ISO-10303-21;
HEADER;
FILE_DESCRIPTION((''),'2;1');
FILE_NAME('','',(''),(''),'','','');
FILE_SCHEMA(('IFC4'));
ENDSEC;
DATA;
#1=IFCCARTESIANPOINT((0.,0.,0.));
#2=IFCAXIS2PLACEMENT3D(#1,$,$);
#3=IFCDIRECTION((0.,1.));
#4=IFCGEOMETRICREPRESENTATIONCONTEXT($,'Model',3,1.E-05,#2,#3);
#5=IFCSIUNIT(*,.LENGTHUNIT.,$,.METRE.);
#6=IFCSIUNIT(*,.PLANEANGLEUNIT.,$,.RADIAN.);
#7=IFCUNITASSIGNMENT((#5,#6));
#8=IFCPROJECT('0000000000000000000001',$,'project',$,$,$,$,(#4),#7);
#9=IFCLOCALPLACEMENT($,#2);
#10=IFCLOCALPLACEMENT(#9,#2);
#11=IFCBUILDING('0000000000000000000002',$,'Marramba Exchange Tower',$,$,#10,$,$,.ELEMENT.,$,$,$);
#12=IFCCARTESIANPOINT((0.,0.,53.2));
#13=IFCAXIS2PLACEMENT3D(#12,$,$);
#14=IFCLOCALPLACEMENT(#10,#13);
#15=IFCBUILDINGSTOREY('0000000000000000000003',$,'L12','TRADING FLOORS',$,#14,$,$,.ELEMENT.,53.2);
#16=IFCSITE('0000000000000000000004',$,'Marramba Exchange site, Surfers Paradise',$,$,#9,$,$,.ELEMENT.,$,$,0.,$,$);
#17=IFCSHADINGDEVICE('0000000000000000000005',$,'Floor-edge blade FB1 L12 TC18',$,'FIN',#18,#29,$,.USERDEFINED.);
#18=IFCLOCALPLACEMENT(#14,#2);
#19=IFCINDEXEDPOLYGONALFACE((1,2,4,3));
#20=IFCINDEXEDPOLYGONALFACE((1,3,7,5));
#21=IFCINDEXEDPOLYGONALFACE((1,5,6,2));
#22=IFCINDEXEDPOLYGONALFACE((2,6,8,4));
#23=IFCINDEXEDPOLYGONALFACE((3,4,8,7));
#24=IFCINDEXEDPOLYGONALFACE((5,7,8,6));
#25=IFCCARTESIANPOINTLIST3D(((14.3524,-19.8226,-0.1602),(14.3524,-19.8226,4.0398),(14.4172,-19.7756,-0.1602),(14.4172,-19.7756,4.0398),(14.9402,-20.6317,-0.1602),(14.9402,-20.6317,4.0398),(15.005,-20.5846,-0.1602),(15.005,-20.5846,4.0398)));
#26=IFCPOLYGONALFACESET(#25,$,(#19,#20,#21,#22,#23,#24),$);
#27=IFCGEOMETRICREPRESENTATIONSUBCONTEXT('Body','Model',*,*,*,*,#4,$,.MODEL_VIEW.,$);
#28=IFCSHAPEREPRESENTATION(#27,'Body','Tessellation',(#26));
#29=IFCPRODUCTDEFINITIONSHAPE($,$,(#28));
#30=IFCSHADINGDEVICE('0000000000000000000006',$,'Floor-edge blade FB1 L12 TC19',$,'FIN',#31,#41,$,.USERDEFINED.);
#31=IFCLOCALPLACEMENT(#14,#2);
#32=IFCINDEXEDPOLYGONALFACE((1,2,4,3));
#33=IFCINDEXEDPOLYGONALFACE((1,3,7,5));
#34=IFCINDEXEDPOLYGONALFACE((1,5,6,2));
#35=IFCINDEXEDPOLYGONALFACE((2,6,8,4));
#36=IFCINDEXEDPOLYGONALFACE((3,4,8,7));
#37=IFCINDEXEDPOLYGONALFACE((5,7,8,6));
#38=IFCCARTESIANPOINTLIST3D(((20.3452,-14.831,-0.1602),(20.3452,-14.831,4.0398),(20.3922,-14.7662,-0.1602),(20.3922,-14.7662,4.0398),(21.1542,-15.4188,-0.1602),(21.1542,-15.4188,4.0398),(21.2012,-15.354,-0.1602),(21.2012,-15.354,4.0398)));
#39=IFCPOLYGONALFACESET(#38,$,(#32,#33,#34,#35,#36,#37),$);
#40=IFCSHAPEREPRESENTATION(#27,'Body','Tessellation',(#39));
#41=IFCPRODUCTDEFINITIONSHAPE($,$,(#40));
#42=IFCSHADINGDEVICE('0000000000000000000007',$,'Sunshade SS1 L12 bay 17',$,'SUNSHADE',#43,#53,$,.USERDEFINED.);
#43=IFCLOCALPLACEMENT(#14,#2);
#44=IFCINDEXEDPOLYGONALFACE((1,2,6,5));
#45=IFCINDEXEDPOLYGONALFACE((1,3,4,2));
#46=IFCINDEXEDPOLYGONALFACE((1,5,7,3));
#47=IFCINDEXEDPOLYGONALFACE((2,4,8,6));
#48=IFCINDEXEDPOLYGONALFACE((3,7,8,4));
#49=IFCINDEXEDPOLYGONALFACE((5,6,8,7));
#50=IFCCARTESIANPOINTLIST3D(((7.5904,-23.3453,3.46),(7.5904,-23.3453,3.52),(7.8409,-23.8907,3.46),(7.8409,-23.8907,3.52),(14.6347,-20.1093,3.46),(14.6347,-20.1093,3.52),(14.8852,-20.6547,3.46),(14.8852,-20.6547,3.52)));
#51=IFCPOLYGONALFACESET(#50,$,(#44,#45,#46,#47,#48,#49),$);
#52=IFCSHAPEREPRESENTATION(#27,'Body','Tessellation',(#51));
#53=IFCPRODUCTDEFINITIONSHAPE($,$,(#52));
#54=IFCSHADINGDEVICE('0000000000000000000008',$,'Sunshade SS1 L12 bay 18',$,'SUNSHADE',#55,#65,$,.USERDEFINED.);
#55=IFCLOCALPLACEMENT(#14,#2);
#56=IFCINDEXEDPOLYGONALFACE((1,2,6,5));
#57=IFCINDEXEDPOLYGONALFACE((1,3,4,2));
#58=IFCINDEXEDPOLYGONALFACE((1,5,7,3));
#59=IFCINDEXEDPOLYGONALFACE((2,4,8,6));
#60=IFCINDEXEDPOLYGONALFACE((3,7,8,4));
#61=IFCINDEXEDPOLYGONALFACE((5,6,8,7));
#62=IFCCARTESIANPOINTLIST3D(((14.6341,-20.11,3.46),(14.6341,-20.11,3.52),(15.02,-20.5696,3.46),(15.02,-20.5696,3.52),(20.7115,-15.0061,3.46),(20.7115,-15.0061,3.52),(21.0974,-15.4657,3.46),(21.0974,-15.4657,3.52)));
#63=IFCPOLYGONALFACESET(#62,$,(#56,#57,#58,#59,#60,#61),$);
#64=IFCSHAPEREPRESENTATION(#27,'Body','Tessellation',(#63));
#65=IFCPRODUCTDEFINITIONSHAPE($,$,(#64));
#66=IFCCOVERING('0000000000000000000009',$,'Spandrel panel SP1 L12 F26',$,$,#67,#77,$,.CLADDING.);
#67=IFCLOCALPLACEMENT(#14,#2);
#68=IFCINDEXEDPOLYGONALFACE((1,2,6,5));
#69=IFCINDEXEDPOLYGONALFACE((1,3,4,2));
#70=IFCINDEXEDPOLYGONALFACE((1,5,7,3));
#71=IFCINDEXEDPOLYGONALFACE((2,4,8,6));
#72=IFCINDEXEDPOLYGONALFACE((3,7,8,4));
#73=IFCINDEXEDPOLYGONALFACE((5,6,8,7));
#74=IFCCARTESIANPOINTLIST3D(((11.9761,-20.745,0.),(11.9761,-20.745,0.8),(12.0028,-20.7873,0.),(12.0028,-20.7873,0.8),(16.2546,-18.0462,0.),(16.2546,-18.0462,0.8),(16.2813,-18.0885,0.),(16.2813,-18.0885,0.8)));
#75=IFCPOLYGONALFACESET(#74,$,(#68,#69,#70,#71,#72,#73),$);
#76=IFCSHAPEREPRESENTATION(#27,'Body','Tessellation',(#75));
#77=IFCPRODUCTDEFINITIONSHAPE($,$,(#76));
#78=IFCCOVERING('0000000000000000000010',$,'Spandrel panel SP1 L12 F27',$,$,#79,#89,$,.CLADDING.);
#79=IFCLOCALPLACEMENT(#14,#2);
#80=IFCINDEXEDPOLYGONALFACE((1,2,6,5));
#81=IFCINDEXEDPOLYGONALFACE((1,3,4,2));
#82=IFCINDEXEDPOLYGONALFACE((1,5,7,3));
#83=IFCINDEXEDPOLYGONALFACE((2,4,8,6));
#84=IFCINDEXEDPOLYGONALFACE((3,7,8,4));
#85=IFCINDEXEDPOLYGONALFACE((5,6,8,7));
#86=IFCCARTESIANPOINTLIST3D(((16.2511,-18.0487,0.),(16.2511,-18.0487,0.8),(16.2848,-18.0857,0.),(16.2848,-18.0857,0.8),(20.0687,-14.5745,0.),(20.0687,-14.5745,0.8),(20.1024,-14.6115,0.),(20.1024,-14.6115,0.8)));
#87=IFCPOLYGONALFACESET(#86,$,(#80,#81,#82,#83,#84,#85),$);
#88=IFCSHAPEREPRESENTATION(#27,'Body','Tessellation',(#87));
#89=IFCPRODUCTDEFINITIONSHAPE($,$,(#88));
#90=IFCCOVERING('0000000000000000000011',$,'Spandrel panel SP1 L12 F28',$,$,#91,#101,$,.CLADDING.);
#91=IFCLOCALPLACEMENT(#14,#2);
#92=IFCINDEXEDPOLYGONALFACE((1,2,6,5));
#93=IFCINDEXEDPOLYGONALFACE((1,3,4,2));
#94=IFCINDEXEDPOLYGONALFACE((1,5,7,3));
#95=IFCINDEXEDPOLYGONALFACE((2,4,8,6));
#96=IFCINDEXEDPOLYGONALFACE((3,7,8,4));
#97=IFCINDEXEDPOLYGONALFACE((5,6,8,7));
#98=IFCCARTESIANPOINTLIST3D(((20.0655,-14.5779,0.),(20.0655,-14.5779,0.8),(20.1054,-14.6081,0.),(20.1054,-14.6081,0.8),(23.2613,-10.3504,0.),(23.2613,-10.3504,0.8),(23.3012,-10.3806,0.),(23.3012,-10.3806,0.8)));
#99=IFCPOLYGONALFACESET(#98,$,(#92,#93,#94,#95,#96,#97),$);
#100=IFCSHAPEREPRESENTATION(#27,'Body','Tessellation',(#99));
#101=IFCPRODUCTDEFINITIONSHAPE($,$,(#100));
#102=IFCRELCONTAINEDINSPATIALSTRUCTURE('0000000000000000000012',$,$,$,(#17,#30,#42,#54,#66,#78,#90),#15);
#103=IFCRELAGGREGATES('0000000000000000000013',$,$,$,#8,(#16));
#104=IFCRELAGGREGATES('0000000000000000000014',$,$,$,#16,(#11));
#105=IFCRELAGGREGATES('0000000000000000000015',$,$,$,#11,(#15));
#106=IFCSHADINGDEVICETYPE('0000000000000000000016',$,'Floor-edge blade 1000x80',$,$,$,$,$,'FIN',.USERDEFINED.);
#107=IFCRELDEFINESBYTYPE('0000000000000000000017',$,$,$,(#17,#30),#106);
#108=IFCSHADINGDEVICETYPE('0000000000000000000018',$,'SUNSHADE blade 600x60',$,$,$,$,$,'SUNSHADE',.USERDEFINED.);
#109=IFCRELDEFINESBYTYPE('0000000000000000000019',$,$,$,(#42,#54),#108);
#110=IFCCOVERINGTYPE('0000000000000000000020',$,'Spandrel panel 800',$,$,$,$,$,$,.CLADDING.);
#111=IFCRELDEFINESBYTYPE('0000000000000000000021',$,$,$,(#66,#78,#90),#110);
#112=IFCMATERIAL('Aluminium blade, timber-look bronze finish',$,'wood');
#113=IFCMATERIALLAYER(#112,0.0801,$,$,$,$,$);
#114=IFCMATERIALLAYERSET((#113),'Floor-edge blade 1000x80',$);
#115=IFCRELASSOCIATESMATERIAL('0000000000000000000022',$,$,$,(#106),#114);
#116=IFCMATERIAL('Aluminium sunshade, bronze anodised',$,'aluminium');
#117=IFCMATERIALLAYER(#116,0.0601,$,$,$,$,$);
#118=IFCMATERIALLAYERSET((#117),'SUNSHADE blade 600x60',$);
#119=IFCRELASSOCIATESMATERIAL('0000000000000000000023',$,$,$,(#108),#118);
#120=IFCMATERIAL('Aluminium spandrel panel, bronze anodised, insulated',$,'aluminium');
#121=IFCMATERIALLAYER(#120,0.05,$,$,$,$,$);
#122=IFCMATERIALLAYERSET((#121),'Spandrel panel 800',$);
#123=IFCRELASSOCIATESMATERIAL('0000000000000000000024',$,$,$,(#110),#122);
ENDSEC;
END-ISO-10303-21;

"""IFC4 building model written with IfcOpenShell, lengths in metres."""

from ifc_helpers import new_model, si_unit, direction, frame, origin, origin_2d, place, context, subcontext, project, spatial, rectangle, extrude, material, layer, layer_set, type_object, element, save


model = new_model("IFC4")

# Units and contexts
model_context = context("Model", 3, precision=1e-05, world=origin(), true_north=direction((0.0, 1.0)))
body_context = subcontext(model_context, "Body", "Model", "MODEL_VIEW")
ifc_project = project(units=[si_unit("LENGTHUNIT", "METRE"), si_unit("PLANEANGLEUNIT", "RADIAN")], contexts=[model_context])

# Site, building, storey
site_placement = place(None, origin())
site = spatial("IfcSite", under=ifc_project, at=site_placement, Name="Marramba Exchange site, Surfers Paradise", CompositionType="ELEMENT", RefElevation=0.0)
building_placement = place(site_placement, origin())
building = spatial("IfcBuilding", under=site, at=building_placement, Name="Marramba Exchange Tower", CompositionType="ELEMENT")
storey_placement = place(building_placement, frame((0.0, 0.0, 53.2)))
storey = spatial("IfcBuildingStorey", under=building, at=storey_placement, Name="L12", Description="TRADING FLOORS", CompositionType="ELEMENT", Elevation=53.2)

# Shading devices
ifc_material_1 = material(Name="Aluminium blade, timber-look bronze finish", Category="wood")
ifc_layer_1 = layer(ifc_material_1, 0.0801)
ifc_layer_set_1 = layer_set([ifc_layer_1], Name="Floor-edge blade 1000x80")
shading_device_type_1 = type_object("IfcShadingDeviceType", Name="Floor-edge blade 1000x80", ElementType="FIN", PredefinedType="USERDEFINED", material=ifc_layer_set_1)
for number, where, z_axis, x_axis, name in (
    (1, (14.6787, -20.2036, -0.1602), (0.0, 0.0, 1.0), (0.587785, -0.809017, 0.0), "Floor-edge blade FB1 L12 TC18"),
    (2, (20.7732, -15.0925, -0.1602), (0.0, 0.0, 1.0), (0.809017, -0.587785, 0.0), "Floor-edge blade FB1 L12 TC19"),
):
    element("IfcShadingDevice", number, at=place(storey_placement, frame(where, z_axis=z_axis, x_axis=x_axis)), inside=storey, type_object=shading_device_type_1, Name=name, ObjectType="FIN", PredefinedType="USERDEFINED", context=body_context, shape_type="SweptSolid", body=[
        extrude(rectangle(XDim=1.0, YDim=0.0801, at=origin_2d()), origin(), (0.0, 0.0, 1.0), 4.2),
    ])
ifc_material_2 = material(Name="Aluminium sunshade, bronze anodised", Category="aluminium")
ifc_layer_2 = layer(ifc_material_2, 0.0601)
ifc_layer_set_2 = layer_set([ifc_layer_2], Name="SUNSHADE blade 600x60")
shading_device_type_2 = type_object("IfcShadingDeviceType", Name="SUNSHADE blade 600x60", ElementType="SUNSHADE", PredefinedType="USERDEFINED", material=ifc_layer_set_2)
shading_device_1_placement = place(storey_placement, frame((11.2378, -22.0, 3.46), z_axis=(0.0, 0.0, 1.0), x_axis=(0.908704, 0.417442, 0.0)))
element("IfcShadingDevice", 3, at=shading_device_1_placement, inside=storey, type_object=shading_device_type_2, Name="Sunshade SS1 L12 bay 17", ObjectType="SUNSHADE", PredefinedType="USERDEFINED", context=body_context, shape_type="SweptSolid", body=[
    extrude(rectangle(XDim=7.752, YDim=0.6001, at=origin_2d()), origin(), (0.0, 0.0, 1.0), 0.0601),
])
shading_device_2_placement = place(storey_placement, frame((17.8657, -17.7878, 3.46), z_axis=(0.0, 0.0, 1.0), x_axis=(0.765776, 0.643107, 0.0)))
element("IfcShadingDevice", 4, at=shading_device_2_placement, inside=storey, type_object=shading_device_type_2, Name="Sunshade SS1 L12 bay 18", ObjectType="SUNSHADE", PredefinedType="USERDEFINED", context=body_context, shape_type="SweptSolid", body=[
    extrude(rectangle(XDim=7.9363, YDim=0.6001, at=origin_2d()), origin(), (0.0, 0.0, 1.0), 0.0601),
])

# Coverings
ifc_material_3 = material(Name="Aluminium spandrel panel, bronze anodised, insulated", Category="aluminium")
ifc_layer_3 = layer(ifc_material_3, 0.05)
ifc_layer_set_3 = layer_set([ifc_layer_3], Name="Spandrel panel 800")
covering_type = type_object("IfcCoveringType", Name="Spandrel panel 800", PredefinedType="CLADDING", material=ifc_layer_set_3)
covering_1_placement = place(storey_placement, frame((14.1287, -19.4167, 0.0), z_axis=(0.0, 0.0, 1.0), x_axis=(0.845791, 0.533515, 0.0)))
element("IfcCovering", 5, at=covering_1_placement, inside=storey, type_object=covering_type, Name="Spandrel panel SP1 L12 F26", PredefinedType="CLADDING", context=body_context, shape_type="SweptSolid", body=[
    extrude(rectangle(XDim=5.0586, YDim=0.05, at=origin_2d()), origin(), (0.0, 0.0, 1.0), 0.8),
])
covering_2_placement = place(storey_placement, frame((18.1768, -16.3301, 0.0), z_axis=(0.0, 0.0, 1.0), x_axis=(0.73959, 0.673058, 0.0)))
element("IfcCovering", 6, at=covering_2_placement, inside=storey, type_object=covering_type, Name="Spandrel panel SP1 L12 F27", PredefinedType="CLADDING", context=body_context, shape_type="SweptSolid", body=[
    extrude(rectangle(XDim=5.1619, YDim=0.05, at=origin_2d()), origin(), (0.0, 0.0, 1.0), 0.8),
])
covering_3_placement = place(storey_placement, frame((21.6833, -12.4792, 0.0), z_axis=(0.0, 0.0, 1.0), x_axis=(0.60304, 0.797711, 0.0)))
element("IfcCovering", 7, at=covering_3_placement, inside=storey, type_object=covering_type, Name="Spandrel panel SP1 L12 F28", PredefinedType="CLADDING", context=body_context, shape_type="SweptSolid", body=[
    extrude(rectangle(XDim=5.2996, YDim=0.05, at=origin_2d()), origin(), (0.0, 0.0, 1.0), 0.8),
])

save(model, "model.ifc")
